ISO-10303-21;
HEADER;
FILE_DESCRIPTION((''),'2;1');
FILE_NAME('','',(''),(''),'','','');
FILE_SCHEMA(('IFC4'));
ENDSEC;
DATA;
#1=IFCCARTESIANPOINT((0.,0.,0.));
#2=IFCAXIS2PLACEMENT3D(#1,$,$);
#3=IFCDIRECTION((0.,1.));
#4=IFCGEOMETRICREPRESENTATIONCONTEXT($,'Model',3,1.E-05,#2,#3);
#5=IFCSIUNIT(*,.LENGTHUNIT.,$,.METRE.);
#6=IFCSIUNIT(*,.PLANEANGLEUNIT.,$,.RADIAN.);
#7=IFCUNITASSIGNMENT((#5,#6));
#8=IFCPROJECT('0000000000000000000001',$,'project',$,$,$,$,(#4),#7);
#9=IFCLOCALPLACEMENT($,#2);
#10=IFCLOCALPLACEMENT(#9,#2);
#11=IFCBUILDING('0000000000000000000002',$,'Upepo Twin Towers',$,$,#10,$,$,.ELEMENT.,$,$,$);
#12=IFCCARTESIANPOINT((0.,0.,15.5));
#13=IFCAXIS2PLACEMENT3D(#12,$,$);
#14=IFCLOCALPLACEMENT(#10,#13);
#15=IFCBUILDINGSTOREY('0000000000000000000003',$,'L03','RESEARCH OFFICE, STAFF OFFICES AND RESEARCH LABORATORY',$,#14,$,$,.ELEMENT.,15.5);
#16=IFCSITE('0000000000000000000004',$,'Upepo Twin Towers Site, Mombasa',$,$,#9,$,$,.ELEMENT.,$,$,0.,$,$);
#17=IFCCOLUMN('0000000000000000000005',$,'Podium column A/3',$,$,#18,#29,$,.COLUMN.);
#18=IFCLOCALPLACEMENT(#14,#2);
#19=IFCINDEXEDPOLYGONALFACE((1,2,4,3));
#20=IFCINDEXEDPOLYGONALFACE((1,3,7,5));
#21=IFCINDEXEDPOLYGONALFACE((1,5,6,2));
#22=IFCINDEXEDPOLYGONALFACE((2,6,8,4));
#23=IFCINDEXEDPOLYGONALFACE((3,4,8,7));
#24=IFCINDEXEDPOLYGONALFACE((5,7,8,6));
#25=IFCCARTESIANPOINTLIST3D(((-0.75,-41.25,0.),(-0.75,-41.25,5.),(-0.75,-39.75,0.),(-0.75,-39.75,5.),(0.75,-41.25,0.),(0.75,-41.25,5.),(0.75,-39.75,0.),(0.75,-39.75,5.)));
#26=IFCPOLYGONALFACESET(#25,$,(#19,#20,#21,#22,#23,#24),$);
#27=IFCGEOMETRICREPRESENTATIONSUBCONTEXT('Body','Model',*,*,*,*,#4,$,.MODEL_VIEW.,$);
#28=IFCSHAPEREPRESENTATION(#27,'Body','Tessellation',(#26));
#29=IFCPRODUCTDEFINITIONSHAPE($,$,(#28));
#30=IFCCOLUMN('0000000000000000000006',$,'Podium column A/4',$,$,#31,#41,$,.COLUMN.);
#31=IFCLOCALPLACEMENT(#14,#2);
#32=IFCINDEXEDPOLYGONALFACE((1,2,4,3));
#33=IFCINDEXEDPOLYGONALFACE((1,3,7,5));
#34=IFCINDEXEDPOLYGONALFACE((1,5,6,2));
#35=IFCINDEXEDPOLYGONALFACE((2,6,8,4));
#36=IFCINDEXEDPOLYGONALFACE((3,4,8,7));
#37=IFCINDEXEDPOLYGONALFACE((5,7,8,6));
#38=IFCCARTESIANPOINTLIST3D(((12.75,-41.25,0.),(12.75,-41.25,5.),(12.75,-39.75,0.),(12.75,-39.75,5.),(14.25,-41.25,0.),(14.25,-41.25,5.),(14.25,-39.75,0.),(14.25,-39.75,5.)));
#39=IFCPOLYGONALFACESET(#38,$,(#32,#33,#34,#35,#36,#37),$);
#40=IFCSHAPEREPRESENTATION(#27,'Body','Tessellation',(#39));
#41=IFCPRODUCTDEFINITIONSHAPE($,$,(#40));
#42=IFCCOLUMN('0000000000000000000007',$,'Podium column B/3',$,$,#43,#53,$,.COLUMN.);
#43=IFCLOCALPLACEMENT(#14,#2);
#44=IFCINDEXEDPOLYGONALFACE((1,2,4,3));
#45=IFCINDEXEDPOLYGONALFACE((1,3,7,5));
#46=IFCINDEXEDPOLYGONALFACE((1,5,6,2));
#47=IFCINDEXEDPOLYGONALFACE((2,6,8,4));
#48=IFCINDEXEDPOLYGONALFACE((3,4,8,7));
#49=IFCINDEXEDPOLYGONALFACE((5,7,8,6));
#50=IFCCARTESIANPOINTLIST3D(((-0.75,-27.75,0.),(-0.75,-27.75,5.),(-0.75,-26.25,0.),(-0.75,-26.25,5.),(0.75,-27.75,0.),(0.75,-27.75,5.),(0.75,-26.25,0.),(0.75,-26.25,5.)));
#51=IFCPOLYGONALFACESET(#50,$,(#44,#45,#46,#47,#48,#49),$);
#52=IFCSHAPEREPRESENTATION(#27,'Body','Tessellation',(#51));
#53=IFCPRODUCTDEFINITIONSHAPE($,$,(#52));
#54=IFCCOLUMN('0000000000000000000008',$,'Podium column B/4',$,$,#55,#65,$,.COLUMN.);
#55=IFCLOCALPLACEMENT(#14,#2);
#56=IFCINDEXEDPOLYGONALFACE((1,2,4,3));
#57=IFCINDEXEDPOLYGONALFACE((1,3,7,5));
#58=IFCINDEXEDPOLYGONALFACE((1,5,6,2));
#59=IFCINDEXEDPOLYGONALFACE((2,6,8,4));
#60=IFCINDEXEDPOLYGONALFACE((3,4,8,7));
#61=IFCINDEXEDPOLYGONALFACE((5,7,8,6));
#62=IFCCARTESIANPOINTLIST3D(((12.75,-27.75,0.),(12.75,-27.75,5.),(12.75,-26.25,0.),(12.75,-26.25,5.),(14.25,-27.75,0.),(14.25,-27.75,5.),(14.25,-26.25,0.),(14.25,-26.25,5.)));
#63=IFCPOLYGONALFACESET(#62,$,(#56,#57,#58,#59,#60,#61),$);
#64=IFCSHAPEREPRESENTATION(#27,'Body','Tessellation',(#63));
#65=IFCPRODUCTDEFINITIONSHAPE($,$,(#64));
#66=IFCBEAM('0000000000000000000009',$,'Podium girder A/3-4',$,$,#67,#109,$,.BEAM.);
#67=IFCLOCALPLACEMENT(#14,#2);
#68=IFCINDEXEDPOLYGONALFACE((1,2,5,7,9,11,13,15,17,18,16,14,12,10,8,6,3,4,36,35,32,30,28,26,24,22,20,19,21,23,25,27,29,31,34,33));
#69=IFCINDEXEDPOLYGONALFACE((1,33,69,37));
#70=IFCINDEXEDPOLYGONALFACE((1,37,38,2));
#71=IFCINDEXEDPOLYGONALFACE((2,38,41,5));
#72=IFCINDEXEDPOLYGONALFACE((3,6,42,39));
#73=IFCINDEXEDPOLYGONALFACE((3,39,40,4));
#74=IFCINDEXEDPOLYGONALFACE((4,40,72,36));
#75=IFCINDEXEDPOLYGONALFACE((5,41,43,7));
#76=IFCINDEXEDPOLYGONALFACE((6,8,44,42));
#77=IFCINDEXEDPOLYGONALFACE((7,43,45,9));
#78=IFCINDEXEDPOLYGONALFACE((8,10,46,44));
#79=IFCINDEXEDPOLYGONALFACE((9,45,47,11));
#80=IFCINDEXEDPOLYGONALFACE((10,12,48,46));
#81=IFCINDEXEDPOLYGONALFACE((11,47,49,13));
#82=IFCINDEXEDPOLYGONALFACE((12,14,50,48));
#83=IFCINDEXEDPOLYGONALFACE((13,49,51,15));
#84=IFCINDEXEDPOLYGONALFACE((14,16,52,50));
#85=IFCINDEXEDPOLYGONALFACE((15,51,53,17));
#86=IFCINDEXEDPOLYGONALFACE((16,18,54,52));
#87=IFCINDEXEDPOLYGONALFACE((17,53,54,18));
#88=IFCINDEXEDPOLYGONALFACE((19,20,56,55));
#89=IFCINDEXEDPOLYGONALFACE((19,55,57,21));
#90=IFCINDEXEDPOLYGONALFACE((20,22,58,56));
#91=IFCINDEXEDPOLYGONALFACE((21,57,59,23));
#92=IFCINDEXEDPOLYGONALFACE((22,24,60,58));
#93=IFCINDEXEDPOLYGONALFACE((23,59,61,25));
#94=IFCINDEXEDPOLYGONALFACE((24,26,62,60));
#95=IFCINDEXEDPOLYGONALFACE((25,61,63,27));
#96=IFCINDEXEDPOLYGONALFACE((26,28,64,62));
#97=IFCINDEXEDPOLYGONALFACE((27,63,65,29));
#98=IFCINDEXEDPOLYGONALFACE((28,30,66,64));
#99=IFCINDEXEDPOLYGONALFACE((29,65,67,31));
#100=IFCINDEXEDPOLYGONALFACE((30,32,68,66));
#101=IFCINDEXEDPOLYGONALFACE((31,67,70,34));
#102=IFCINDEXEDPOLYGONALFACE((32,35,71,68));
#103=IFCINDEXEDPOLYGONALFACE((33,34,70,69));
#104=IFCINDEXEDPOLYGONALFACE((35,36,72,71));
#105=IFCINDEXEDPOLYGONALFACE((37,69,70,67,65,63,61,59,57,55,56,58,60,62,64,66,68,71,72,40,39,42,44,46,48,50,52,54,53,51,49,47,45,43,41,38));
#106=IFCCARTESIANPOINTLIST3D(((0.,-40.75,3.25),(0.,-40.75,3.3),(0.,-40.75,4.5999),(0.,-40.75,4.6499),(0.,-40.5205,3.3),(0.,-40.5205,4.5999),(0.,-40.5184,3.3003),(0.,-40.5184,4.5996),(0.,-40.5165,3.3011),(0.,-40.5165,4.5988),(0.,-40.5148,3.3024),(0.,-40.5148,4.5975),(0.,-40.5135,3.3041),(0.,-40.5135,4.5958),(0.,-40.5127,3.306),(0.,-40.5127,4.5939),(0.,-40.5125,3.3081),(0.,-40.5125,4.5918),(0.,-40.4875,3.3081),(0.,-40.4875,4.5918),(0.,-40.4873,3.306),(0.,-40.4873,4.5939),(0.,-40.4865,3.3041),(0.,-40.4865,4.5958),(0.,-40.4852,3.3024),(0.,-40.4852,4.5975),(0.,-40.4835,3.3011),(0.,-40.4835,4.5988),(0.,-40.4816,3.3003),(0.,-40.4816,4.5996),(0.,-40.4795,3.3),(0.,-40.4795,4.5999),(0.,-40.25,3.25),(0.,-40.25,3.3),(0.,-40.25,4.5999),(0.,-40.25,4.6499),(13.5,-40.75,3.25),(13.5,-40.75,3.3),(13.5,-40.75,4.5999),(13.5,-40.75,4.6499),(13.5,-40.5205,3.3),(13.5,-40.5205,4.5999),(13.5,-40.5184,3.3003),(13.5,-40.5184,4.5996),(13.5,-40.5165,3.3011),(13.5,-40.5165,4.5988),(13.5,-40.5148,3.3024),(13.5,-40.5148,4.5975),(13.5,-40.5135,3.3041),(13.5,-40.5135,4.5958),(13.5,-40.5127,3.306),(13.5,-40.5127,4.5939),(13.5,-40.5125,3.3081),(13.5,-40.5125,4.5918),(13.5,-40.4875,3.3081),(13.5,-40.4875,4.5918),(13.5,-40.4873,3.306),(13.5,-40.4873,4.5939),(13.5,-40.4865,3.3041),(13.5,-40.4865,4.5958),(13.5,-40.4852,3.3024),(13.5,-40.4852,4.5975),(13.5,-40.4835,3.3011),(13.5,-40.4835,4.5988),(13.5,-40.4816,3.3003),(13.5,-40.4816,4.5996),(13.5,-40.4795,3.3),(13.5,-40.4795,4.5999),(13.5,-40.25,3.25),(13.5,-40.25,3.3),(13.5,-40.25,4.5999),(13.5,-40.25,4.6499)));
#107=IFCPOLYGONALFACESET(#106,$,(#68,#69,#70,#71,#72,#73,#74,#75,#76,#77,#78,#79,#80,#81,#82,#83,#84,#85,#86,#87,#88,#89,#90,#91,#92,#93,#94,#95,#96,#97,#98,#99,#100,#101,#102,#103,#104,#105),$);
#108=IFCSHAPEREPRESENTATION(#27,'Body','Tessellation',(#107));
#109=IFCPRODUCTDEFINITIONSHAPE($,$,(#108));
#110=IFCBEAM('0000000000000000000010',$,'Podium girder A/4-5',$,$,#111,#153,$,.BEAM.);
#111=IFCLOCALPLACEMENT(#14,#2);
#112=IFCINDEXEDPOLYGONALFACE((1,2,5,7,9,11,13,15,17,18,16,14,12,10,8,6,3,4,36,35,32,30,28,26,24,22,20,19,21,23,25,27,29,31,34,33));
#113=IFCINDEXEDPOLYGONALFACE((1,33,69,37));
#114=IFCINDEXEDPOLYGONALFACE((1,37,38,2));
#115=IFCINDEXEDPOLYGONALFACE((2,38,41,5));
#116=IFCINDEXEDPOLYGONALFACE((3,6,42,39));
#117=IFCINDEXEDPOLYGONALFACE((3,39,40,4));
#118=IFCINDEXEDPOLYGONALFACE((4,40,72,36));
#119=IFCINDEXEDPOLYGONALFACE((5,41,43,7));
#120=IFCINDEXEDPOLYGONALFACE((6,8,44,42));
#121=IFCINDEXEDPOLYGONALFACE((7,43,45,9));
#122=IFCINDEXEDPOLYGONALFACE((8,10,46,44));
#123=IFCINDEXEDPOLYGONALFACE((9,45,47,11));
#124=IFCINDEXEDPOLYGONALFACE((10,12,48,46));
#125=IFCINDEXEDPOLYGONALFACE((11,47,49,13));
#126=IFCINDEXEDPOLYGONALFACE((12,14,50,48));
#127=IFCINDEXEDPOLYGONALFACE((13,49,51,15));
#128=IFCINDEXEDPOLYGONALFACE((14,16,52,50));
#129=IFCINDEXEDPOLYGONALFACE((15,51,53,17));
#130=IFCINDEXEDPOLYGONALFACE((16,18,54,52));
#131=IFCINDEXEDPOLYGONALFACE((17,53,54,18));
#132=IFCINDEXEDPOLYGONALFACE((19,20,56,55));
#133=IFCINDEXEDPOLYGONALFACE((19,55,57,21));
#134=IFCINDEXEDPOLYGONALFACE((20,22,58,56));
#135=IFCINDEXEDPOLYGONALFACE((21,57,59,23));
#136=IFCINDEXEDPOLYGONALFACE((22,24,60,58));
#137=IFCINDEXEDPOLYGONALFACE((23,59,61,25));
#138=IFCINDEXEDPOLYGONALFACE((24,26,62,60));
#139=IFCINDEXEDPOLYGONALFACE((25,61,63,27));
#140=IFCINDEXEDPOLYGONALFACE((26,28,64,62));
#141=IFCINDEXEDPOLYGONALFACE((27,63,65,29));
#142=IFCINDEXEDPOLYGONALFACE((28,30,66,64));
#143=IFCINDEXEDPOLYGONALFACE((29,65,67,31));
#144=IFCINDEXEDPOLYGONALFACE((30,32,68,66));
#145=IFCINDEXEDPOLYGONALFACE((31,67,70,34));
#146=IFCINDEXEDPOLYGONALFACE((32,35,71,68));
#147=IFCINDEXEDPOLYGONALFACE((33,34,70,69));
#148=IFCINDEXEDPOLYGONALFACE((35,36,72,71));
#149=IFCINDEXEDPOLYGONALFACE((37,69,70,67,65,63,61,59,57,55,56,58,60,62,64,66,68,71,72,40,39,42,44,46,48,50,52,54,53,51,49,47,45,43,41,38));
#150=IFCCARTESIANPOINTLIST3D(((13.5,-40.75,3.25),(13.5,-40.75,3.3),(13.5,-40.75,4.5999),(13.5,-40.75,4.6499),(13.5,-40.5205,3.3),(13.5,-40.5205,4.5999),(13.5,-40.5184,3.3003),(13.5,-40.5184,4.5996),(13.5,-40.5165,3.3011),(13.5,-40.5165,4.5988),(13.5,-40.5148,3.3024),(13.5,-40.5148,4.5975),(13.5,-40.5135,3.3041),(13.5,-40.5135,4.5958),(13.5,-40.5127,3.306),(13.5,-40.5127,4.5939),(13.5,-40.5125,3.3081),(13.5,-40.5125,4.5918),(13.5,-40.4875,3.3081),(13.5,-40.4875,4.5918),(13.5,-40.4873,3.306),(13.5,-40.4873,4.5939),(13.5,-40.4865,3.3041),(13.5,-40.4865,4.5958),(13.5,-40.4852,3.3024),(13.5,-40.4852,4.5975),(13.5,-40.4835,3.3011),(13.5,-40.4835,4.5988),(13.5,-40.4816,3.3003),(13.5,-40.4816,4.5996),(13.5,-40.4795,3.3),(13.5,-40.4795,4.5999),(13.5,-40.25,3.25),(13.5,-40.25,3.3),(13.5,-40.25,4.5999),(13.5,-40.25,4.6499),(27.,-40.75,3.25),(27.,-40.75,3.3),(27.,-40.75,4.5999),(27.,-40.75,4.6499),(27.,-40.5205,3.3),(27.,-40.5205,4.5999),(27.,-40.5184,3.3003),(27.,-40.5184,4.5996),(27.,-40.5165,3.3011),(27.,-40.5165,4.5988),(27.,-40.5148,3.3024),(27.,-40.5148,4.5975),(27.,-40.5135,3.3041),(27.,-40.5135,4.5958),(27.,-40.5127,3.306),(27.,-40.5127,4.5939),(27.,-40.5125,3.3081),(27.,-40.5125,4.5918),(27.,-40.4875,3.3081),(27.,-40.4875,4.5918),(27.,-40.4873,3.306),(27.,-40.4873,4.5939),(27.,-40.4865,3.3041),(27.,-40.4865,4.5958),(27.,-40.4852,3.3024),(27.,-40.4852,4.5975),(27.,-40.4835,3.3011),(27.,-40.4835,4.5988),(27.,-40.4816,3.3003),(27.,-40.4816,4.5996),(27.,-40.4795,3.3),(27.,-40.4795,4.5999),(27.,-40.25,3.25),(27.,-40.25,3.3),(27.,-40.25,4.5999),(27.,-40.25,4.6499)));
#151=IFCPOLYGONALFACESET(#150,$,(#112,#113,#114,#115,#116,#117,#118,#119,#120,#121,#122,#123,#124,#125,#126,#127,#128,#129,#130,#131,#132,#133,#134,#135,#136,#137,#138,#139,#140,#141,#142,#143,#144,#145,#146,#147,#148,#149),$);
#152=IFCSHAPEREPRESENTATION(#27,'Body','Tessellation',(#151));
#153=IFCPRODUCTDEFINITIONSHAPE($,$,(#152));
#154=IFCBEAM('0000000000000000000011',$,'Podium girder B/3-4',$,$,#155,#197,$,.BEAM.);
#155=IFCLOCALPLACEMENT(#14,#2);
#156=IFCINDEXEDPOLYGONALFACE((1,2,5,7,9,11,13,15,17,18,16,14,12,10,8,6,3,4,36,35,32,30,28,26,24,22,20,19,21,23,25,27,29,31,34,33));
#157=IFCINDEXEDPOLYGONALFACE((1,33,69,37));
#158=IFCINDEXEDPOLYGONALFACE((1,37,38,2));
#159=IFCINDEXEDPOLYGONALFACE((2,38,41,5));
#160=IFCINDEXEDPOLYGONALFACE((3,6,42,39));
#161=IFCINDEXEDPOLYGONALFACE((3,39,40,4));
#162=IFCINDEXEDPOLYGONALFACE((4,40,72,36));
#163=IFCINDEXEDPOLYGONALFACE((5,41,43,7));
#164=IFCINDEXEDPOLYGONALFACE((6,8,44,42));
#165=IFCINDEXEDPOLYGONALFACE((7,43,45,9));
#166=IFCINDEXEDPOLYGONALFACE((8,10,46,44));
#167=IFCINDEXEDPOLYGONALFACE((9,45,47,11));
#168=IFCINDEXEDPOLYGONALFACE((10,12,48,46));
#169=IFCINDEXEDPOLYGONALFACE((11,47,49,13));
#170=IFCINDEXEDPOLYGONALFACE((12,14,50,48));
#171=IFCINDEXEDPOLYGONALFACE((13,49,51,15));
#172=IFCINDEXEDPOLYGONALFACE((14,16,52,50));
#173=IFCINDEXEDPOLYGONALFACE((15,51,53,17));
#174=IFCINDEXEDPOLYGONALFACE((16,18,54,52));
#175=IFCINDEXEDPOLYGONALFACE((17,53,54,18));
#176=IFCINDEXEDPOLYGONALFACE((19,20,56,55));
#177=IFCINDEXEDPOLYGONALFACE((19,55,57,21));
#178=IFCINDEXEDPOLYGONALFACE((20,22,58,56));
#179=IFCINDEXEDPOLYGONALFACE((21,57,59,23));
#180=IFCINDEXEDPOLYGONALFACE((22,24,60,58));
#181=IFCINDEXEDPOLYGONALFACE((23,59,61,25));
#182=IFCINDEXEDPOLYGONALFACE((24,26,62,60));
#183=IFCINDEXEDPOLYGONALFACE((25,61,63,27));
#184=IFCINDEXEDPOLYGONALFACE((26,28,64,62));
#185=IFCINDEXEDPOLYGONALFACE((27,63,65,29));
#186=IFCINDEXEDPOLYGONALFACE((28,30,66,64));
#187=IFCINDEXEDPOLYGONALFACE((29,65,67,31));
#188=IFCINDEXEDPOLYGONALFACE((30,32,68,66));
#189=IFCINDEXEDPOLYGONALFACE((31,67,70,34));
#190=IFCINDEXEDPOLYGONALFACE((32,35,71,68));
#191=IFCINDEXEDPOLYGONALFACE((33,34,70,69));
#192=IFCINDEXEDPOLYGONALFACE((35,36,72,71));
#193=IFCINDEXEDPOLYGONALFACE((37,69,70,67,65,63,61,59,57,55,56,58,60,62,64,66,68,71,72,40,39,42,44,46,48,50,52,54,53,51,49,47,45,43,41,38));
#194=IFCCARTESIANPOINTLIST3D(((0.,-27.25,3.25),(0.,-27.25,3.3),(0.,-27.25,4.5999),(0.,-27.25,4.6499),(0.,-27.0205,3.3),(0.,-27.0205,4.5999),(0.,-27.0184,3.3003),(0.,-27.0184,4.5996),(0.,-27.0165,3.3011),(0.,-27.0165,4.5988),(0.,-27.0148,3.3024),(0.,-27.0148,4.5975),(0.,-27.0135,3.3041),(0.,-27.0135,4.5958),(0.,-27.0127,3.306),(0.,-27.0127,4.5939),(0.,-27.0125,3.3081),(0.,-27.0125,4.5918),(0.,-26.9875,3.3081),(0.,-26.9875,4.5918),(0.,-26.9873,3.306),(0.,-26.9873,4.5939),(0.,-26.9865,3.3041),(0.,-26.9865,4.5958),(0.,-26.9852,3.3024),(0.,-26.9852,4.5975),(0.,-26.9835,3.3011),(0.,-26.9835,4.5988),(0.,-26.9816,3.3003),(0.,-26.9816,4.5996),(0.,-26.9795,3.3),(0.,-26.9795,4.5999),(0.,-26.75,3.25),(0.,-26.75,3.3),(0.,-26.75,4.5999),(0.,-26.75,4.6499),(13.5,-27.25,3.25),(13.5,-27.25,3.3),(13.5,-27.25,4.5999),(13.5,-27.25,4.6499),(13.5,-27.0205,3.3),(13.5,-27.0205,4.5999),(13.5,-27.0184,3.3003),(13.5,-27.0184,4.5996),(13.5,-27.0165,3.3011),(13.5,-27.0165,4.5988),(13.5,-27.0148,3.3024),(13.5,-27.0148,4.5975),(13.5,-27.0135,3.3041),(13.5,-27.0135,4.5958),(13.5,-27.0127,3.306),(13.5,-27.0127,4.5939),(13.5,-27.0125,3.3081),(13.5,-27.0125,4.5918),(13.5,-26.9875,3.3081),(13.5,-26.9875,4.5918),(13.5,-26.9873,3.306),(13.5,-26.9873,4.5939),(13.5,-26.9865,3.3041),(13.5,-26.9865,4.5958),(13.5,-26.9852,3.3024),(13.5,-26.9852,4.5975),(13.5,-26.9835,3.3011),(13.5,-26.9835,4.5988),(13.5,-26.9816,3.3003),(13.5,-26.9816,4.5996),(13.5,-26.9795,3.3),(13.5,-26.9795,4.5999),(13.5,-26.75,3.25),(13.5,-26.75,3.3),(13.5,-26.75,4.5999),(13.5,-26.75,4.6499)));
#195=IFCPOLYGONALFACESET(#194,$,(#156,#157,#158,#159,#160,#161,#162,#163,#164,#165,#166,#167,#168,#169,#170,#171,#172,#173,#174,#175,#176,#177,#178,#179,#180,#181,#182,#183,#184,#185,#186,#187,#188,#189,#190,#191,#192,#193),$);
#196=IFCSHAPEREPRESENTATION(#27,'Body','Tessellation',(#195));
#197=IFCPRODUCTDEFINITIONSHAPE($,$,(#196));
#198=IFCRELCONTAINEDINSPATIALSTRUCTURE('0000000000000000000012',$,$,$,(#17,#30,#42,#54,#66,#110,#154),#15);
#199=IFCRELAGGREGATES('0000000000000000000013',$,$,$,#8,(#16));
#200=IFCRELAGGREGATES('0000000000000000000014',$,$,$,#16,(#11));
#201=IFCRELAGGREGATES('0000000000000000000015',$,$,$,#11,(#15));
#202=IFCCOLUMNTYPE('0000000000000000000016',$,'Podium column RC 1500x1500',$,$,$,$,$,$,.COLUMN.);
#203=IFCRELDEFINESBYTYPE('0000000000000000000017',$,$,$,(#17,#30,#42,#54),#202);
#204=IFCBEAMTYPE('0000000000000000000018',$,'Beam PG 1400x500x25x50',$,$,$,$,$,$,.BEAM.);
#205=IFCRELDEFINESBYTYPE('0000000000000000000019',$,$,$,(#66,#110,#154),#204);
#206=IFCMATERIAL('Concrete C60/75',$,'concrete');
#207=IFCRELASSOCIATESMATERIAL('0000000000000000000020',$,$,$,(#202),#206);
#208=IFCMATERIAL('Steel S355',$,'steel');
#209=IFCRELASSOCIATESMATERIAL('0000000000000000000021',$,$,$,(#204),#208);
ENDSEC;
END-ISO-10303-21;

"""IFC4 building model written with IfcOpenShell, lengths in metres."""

from ifc_helpers import new_model, si_unit, direction, frame, origin, origin_2d, place, context, subcontext, project, spatial, rectangle, i_section, extrude, material, material_profile, profile_set, type_object, element, save


model = new_model("IFC4")

# Units and contexts
model_context = context("Model", 3, precision=1e-05, world=origin(), true_north=direction((0.0, 1.0)))
body_context = subcontext(model_context, "Body", "Model", "MODEL_VIEW")
ifc_project = project(units=[si_unit("LENGTHUNIT", "METRE"), si_unit("PLANEANGLEUNIT", "RADIAN")], contexts=[model_context])

# Site, building, storey
site_placement = place(None, origin())
site = spatial("IfcSite", under=ifc_project, at=site_placement, Name="Upepo Twin Towers Site, Mombasa", CompositionType="ELEMENT", RefElevation=0.0)
building_placement = place(site_placement, origin())
building = spatial("IfcBuilding", under=site, at=building_placement, Name="Upepo Twin Towers", CompositionType="ELEMENT")
storey_placement = place(building_placement, frame((0.0, 0.0, 15.5)))
storey = spatial("IfcBuildingStorey", under=building, at=storey_placement, Name="L03", Description="RESEARCH OFFICE, STAFF OFFICES AND RESEARCH LABORATORY", CompositionType="ELEMENT", Elevation=15.5)

# Columns
ifc_material_1 = material(Name="Concrete C60/75", Category="concrete")
ifc_material_profile_1 = material_profile(ifc_material_1, rectangle(XDim=1.5, YDim=1.5, at=origin_2d()), Name="RC 1500x1500")
ifc_profile_set_1 = profile_set([ifc_material_profile_1], Name="Concrete C60/75")
column_type = type_object("IfcColumnType", Name="Podium column RC 1500x1500", PredefinedType="COLUMN", material=ifc_profile_set_1)
for number, where, z_axis, x_axis, name in (
    (1, (0.0, -40.5, 0.0), (0.0, 0.0, 1.0), (1.0, 0.0, 0.0), "Podium column A/3"),
    (2, (13.5, -40.5, 0.0), (0.0, 0.0, 1.0), (1.0, 0.0, 0.0), "Podium column A/4"),
    (3, (0.0, -27.0, 0.0), (0.0, 0.0, 1.0), (1.0, 0.0, 0.0), "Podium column B/3"),
    (4, (13.5, -27.0, 0.0), (0.0, 0.0, 1.0), (1.0, 0.0, 0.0), "Podium column B/4"),
):
    element("IfcColumn", number, at=place(storey_placement, frame(where, z_axis=z_axis, x_axis=x_axis)), inside=storey, type_object=column_type, Name=name, PredefinedType="COLUMN", context=body_context, shape_type="SweptSolid", body=[
        extrude(rectangle(XDim=1.5, YDim=1.5, at=origin_2d()), origin(), (0.0, 0.0, 1.0), 5.0),
    ])

# Beams
ifc_material_2 = material(Name="Steel S355", Category="steel")
ifc_material_profile_2 = material_profile(ifc_material_2, i_section(OverallWidth=0.5, OverallDepth=1.3999, WebThickness=0.0249, FlangeThickness=0.05, FilletRadius=0.0081, at=origin_2d()), Name="PG 1400x500x25x50")
ifc_profile_set_2 = profile_set([ifc_material_profile_2], Name="Steel S355")
beam_type_1 = type_object("IfcBeamType", Name="Beam PG 1400x500x25x50", PredefinedType="BEAM", material=ifc_profile_set_2)
for number, where, z_axis, x_axis, name in (
    (5, (0.0, -40.5, 3.95), (1.0, 0.0, 0.0), (0.0, 1.0, 0.0), "Podium girder A/3-4"),
    (6, (13.5, -40.5, 3.95), (1.0, 0.0, 0.0), (0.0, 1.0, 0.0), "Podium girder A/4-5"),
    (7, (0.0, -27.0, 3.95), (1.0, 0.0, 0.0), (0.0, 1.0, 0.0), "Podium girder B/3-4"),
):
    element("IfcBeam", number, at=place(storey_placement, frame(where, z_axis=z_axis, x_axis=x_axis)), inside=storey, type_object=beam_type_1, Name=name, PredefinedType="BEAM", context=body_context, shape_type="SweptSolid", body=[
        extrude(i_section(OverallWidth=0.5, OverallDepth=1.3999, WebThickness=0.0249, FlangeThickness=0.05, FilletRadius=0.0081, at=origin_2d()), origin(), (0.0, 0.0, 1.0), 13.5),
    ])

save(model, "model.ifc")
